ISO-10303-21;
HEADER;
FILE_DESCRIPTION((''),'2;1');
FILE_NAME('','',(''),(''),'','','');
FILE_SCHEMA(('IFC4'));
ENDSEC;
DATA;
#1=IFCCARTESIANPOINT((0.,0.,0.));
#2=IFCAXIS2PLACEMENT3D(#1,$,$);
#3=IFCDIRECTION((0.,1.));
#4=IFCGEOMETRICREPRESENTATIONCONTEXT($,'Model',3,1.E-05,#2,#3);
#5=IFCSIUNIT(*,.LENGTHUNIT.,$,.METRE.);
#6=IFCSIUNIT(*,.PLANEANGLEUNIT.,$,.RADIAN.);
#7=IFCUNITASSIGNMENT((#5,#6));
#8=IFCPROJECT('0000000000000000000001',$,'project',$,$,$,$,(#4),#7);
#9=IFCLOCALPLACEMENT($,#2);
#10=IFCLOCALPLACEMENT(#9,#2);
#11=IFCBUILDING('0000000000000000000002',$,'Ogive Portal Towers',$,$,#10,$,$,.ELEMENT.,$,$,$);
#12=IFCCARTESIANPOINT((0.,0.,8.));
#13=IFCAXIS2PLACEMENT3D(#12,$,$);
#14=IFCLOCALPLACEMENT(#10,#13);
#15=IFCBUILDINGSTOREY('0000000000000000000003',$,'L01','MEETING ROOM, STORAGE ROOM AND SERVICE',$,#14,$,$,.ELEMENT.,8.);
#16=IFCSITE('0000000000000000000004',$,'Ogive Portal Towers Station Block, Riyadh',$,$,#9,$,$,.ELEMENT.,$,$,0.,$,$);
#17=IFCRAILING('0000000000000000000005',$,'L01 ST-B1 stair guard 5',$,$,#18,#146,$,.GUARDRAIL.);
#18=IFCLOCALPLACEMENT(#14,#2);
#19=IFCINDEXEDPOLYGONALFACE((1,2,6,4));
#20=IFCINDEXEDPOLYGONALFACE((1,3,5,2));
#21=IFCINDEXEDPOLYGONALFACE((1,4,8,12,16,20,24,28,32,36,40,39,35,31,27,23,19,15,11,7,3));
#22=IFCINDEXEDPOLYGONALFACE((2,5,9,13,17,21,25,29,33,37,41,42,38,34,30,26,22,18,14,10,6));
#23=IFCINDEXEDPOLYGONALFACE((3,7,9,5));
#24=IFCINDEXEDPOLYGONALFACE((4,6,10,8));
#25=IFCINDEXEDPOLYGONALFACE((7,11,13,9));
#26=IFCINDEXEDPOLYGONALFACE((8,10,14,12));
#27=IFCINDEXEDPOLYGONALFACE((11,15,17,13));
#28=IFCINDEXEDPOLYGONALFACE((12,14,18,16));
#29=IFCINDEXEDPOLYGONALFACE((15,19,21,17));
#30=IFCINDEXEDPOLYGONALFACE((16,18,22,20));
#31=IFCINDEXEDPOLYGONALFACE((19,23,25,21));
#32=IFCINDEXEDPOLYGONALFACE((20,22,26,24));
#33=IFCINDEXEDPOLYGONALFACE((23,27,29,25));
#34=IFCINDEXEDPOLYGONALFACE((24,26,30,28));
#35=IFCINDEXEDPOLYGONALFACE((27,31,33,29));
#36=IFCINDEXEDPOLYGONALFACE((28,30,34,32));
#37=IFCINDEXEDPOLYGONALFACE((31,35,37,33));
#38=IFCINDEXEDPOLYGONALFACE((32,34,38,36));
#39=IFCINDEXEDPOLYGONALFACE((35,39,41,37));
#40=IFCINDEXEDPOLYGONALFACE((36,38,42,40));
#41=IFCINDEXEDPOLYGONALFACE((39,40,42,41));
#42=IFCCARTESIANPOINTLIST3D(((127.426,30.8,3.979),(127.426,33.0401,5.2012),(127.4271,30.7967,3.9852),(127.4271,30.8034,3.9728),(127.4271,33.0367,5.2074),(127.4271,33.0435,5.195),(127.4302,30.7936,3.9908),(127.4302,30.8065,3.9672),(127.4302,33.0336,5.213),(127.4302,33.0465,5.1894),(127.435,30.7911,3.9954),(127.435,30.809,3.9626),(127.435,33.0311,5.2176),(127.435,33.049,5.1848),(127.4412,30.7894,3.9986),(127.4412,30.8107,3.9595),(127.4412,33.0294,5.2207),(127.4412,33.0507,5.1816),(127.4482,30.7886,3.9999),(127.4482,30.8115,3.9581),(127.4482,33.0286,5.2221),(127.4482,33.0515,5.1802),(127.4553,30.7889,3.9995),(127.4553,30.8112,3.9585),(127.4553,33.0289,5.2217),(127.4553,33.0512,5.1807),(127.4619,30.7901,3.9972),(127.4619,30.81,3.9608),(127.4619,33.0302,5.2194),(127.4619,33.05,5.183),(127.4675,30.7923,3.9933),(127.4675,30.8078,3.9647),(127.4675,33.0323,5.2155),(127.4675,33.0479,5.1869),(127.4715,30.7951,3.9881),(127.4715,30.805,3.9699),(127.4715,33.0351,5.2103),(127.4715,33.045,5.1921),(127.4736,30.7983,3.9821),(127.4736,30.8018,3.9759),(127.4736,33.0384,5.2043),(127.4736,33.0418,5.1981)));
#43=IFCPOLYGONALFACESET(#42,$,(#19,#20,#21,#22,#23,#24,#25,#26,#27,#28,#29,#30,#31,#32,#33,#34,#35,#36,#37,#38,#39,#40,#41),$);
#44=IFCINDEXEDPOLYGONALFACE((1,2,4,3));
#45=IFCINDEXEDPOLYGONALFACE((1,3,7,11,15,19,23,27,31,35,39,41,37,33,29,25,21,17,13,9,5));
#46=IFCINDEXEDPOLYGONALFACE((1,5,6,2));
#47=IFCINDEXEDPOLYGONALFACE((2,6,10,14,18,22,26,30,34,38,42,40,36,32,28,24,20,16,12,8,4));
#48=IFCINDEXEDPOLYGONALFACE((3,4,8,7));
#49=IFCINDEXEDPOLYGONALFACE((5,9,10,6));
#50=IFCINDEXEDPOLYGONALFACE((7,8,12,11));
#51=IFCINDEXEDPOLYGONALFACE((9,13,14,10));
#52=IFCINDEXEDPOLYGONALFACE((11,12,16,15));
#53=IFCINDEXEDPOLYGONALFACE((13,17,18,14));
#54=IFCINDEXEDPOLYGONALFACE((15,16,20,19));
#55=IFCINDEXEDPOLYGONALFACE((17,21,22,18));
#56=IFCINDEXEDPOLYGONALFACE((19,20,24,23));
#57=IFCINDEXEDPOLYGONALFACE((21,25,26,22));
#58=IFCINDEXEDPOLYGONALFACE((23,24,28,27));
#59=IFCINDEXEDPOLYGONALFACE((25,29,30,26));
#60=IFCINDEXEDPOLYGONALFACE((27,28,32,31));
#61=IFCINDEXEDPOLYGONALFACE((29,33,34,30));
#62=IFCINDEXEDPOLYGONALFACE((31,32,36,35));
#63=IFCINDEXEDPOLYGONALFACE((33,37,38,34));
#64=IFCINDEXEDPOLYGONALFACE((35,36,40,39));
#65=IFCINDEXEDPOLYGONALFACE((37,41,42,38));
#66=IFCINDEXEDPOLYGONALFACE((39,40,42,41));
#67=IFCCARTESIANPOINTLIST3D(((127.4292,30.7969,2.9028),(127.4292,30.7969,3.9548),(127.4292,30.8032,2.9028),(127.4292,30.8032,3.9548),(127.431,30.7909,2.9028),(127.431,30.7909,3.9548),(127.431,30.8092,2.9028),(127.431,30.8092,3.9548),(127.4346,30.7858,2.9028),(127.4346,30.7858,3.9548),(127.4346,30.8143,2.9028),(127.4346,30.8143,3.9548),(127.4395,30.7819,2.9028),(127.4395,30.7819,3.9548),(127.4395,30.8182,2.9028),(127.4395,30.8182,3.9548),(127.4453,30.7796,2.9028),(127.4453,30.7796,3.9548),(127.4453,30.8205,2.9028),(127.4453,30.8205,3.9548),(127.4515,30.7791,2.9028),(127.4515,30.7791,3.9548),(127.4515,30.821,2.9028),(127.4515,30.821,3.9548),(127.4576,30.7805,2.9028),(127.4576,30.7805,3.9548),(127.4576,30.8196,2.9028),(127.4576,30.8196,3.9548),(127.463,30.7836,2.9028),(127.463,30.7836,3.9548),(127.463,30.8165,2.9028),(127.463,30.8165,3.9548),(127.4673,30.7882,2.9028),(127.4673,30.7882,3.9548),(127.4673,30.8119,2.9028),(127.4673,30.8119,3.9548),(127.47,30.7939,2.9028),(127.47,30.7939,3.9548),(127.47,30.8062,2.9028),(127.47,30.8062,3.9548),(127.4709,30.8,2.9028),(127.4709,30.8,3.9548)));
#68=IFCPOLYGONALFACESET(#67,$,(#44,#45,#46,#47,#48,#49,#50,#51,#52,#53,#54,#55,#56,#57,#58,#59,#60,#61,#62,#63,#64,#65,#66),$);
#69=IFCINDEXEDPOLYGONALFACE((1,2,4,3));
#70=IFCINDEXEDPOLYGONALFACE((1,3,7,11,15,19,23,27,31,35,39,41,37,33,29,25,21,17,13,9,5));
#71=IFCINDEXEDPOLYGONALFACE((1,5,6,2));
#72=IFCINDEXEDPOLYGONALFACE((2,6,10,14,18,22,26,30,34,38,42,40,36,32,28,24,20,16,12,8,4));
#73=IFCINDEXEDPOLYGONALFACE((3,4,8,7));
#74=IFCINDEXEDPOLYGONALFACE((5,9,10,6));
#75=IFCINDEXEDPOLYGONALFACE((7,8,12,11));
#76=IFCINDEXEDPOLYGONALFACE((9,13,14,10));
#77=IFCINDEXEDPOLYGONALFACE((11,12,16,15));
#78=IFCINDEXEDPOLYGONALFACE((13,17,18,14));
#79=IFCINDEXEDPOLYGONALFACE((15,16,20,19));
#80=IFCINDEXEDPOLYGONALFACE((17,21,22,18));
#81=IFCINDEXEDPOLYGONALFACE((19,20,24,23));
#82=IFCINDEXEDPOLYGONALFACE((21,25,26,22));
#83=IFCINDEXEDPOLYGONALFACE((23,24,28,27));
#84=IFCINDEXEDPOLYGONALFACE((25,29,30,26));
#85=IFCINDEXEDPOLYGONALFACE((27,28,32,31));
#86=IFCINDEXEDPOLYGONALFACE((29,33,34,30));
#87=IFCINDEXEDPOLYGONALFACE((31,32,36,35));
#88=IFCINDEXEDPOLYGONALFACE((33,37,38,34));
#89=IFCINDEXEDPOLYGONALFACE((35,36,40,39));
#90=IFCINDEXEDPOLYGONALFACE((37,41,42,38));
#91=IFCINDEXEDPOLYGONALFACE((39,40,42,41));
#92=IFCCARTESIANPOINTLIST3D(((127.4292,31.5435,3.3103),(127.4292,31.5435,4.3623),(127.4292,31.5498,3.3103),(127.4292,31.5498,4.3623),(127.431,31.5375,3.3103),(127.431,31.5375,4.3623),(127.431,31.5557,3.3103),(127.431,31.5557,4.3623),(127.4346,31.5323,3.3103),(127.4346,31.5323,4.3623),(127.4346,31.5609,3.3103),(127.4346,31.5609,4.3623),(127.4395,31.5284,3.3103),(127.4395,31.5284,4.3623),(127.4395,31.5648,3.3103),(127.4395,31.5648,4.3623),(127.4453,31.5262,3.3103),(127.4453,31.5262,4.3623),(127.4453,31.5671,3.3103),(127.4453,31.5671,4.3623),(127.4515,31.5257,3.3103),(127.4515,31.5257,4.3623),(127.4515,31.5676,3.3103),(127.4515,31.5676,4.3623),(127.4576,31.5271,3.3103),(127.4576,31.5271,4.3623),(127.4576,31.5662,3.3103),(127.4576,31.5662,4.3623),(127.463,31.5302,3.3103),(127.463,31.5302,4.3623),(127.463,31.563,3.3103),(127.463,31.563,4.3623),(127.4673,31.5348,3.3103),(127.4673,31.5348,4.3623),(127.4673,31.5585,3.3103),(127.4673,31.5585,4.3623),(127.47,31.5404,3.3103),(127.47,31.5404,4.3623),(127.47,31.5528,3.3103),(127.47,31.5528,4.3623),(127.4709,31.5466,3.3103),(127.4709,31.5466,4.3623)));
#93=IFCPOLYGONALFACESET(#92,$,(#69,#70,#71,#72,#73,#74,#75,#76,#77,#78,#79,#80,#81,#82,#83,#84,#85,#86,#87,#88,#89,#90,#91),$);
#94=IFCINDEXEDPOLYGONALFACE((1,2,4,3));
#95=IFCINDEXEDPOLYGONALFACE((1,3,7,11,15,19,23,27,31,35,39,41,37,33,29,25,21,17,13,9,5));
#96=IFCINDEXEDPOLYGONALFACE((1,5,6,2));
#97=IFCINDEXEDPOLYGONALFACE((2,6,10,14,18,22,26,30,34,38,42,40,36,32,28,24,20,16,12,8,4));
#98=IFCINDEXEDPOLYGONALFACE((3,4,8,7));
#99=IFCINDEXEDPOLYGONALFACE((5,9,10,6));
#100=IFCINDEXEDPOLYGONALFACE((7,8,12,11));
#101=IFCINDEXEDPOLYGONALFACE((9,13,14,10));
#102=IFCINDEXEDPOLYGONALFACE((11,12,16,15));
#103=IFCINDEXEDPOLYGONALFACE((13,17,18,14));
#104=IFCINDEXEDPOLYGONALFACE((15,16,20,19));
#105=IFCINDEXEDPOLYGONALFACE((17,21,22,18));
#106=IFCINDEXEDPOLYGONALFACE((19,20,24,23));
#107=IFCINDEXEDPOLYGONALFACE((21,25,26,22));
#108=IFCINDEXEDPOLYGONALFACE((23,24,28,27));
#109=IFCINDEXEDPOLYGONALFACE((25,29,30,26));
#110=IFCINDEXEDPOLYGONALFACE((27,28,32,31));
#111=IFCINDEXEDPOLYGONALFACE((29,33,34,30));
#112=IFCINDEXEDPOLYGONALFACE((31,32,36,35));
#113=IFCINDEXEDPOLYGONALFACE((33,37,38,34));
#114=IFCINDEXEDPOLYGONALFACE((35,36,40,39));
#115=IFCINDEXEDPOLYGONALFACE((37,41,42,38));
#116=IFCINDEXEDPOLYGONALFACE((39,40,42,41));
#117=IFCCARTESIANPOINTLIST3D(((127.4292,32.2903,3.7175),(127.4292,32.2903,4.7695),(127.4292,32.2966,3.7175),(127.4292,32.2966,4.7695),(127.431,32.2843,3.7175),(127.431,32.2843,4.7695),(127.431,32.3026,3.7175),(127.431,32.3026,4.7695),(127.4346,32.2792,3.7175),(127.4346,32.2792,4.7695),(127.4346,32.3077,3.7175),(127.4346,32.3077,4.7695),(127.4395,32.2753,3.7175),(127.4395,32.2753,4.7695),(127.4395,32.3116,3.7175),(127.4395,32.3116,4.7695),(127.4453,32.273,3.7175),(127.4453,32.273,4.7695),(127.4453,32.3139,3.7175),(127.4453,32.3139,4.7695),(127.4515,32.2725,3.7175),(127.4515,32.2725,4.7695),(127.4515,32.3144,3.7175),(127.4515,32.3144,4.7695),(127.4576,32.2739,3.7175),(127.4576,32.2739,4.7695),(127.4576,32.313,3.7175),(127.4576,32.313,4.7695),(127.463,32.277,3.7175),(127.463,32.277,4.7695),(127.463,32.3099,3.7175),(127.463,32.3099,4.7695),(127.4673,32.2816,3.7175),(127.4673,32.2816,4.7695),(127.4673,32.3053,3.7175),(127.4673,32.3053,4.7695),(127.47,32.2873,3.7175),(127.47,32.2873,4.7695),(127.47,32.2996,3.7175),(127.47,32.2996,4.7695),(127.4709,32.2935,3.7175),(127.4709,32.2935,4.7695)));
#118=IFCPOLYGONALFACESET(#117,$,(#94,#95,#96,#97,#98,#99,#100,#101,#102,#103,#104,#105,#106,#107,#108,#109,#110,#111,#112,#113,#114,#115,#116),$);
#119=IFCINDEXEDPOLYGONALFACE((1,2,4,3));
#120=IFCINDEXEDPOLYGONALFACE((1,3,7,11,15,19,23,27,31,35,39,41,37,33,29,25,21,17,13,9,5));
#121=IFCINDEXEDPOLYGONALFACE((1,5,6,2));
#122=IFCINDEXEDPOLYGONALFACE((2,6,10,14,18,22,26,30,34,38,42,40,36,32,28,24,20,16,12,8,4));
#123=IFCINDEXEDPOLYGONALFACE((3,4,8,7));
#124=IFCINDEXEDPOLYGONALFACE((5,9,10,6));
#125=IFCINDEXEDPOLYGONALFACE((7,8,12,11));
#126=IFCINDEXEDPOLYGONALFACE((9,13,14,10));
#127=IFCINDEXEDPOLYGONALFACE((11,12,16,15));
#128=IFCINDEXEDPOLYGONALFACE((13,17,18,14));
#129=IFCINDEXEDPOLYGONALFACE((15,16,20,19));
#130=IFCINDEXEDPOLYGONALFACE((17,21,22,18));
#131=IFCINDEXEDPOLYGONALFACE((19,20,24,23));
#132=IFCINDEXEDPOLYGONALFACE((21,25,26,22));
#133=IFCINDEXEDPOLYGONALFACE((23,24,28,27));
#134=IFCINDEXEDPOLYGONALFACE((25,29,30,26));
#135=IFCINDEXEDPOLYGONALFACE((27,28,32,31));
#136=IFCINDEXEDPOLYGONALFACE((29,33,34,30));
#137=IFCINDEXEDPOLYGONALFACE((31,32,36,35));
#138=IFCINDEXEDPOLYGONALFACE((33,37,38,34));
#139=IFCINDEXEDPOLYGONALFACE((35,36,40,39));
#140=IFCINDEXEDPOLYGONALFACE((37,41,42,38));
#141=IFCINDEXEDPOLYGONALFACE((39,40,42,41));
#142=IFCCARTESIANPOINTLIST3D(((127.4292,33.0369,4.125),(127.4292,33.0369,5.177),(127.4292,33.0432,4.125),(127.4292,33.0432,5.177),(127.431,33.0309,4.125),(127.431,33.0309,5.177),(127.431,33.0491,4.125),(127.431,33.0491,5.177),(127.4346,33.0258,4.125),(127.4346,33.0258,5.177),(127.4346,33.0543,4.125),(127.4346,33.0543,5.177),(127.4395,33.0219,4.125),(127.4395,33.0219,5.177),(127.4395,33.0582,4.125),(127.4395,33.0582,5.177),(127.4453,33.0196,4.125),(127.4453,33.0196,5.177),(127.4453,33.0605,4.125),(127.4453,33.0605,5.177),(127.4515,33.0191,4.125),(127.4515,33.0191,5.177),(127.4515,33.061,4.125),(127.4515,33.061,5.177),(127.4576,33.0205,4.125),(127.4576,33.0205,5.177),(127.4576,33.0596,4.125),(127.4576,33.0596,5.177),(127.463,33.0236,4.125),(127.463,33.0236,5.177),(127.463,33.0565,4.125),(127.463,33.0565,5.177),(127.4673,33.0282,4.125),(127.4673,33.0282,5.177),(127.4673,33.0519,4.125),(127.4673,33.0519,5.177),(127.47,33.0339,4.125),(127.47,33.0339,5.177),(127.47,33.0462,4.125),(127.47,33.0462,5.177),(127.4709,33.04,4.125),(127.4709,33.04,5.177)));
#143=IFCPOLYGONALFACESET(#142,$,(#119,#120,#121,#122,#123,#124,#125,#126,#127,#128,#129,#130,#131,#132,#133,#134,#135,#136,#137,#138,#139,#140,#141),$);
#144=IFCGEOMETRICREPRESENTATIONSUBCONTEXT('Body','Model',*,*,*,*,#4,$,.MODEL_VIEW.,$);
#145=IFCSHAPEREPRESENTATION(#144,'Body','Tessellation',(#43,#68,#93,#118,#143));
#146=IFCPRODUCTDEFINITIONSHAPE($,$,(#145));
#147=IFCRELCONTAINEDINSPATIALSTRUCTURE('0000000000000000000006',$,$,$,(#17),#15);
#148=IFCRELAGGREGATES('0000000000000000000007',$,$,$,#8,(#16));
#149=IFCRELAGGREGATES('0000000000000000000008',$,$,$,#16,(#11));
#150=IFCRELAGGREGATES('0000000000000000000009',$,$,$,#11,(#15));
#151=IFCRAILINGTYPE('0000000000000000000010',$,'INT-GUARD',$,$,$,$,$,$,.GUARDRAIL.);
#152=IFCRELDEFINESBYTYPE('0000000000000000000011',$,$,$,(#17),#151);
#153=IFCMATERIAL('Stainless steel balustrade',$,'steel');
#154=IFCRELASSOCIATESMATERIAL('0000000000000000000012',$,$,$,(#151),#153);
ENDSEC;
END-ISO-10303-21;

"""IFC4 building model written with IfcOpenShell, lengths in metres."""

from ifc_helpers import new_model, si_unit, direction, frame, origin, origin_2d, place, context, subcontext, project, spatial, circle, extrude, material, type_object, element, save


model = new_model("IFC4")

# Units and contexts
model_context = context("Model", 3, precision=1e-05, world=origin(), true_north=direction((0.0, 1.0)))
body_context = subcontext(model_context, "Body", "Model", "MODEL_VIEW")
ifc_project = project(units=[si_unit("LENGTHUNIT", "METRE"), si_unit("PLANEANGLEUNIT", "RADIAN")], contexts=[model_context])

# Site, building, storey
site_placement = place(None, origin())
site = spatial("IfcSite", under=ifc_project, at=site_placement, Name="Ogive Portal Towers Station Block, Riyadh", CompositionType="ELEMENT", RefElevation=0.0)
building_placement = place(site_placement, origin())
building = spatial("IfcBuilding", under=site, at=building_placement, Name="Ogive Portal Towers", CompositionType="ELEMENT")
storey_placement = place(building_placement, frame((0.0, 0.0, 8.0)))
storey = spatial("IfcBuildingStorey", under=building, at=storey_placement, Name="L01", Description="MEETING ROOM, STORAGE ROOM AND SERVICE", CompositionType="ELEMENT", Elevation=8.0)

# Railing
ifc_material_1 = material(Name="Stainless steel balustrade", Category="steel")
railing_type_1 = type_object("IfcRailingType", Name="INT-GUARD", PredefinedType="GUARDRAIL", material=ifc_material_1)
railing_1_placement = place(storey_placement, frame((127.45, 30.8, 2.9028)))
element("IfcRailing", 1, at=railing_1_placement, inside=storey, type_object=railing_type_1, Name="L01 ST-B1 stair guard 5", PredefinedType="GUARDRAIL", context=body_context, shape_type="SweptSolid", body=[
    extrude(circle(Radius=0.0239, at=origin_2d()), frame((0.0, 0.0, 1.0762), z_axis=(0.0, 0.877837, 0.478959), x_axis=(-1.0, 0.0, 0.0)), (0.0, 0.0, 1.0), 2.5518),
    extrude(circle(Radius=0.021, at=origin_2d()), origin(), (0.0, 0.0, 1.0), 1.052),
    extrude(circle(Radius=0.021, at=origin_2d()), frame((0.0, 0.7466, 0.4075)), (0.0, 0.0, 1.0), 1.052),
    extrude(circle(Radius=0.021, at=origin_2d()), frame((0.0, 1.4934, 0.8147)), (0.0, 0.0, 1.0), 1.052),
    extrude(circle(Radius=0.021, at=origin_2d()), frame((0.0, 2.24, 1.2222)), (0.0, 0.0, 1.0), 1.052),
])

save(model, "model.ifc")
